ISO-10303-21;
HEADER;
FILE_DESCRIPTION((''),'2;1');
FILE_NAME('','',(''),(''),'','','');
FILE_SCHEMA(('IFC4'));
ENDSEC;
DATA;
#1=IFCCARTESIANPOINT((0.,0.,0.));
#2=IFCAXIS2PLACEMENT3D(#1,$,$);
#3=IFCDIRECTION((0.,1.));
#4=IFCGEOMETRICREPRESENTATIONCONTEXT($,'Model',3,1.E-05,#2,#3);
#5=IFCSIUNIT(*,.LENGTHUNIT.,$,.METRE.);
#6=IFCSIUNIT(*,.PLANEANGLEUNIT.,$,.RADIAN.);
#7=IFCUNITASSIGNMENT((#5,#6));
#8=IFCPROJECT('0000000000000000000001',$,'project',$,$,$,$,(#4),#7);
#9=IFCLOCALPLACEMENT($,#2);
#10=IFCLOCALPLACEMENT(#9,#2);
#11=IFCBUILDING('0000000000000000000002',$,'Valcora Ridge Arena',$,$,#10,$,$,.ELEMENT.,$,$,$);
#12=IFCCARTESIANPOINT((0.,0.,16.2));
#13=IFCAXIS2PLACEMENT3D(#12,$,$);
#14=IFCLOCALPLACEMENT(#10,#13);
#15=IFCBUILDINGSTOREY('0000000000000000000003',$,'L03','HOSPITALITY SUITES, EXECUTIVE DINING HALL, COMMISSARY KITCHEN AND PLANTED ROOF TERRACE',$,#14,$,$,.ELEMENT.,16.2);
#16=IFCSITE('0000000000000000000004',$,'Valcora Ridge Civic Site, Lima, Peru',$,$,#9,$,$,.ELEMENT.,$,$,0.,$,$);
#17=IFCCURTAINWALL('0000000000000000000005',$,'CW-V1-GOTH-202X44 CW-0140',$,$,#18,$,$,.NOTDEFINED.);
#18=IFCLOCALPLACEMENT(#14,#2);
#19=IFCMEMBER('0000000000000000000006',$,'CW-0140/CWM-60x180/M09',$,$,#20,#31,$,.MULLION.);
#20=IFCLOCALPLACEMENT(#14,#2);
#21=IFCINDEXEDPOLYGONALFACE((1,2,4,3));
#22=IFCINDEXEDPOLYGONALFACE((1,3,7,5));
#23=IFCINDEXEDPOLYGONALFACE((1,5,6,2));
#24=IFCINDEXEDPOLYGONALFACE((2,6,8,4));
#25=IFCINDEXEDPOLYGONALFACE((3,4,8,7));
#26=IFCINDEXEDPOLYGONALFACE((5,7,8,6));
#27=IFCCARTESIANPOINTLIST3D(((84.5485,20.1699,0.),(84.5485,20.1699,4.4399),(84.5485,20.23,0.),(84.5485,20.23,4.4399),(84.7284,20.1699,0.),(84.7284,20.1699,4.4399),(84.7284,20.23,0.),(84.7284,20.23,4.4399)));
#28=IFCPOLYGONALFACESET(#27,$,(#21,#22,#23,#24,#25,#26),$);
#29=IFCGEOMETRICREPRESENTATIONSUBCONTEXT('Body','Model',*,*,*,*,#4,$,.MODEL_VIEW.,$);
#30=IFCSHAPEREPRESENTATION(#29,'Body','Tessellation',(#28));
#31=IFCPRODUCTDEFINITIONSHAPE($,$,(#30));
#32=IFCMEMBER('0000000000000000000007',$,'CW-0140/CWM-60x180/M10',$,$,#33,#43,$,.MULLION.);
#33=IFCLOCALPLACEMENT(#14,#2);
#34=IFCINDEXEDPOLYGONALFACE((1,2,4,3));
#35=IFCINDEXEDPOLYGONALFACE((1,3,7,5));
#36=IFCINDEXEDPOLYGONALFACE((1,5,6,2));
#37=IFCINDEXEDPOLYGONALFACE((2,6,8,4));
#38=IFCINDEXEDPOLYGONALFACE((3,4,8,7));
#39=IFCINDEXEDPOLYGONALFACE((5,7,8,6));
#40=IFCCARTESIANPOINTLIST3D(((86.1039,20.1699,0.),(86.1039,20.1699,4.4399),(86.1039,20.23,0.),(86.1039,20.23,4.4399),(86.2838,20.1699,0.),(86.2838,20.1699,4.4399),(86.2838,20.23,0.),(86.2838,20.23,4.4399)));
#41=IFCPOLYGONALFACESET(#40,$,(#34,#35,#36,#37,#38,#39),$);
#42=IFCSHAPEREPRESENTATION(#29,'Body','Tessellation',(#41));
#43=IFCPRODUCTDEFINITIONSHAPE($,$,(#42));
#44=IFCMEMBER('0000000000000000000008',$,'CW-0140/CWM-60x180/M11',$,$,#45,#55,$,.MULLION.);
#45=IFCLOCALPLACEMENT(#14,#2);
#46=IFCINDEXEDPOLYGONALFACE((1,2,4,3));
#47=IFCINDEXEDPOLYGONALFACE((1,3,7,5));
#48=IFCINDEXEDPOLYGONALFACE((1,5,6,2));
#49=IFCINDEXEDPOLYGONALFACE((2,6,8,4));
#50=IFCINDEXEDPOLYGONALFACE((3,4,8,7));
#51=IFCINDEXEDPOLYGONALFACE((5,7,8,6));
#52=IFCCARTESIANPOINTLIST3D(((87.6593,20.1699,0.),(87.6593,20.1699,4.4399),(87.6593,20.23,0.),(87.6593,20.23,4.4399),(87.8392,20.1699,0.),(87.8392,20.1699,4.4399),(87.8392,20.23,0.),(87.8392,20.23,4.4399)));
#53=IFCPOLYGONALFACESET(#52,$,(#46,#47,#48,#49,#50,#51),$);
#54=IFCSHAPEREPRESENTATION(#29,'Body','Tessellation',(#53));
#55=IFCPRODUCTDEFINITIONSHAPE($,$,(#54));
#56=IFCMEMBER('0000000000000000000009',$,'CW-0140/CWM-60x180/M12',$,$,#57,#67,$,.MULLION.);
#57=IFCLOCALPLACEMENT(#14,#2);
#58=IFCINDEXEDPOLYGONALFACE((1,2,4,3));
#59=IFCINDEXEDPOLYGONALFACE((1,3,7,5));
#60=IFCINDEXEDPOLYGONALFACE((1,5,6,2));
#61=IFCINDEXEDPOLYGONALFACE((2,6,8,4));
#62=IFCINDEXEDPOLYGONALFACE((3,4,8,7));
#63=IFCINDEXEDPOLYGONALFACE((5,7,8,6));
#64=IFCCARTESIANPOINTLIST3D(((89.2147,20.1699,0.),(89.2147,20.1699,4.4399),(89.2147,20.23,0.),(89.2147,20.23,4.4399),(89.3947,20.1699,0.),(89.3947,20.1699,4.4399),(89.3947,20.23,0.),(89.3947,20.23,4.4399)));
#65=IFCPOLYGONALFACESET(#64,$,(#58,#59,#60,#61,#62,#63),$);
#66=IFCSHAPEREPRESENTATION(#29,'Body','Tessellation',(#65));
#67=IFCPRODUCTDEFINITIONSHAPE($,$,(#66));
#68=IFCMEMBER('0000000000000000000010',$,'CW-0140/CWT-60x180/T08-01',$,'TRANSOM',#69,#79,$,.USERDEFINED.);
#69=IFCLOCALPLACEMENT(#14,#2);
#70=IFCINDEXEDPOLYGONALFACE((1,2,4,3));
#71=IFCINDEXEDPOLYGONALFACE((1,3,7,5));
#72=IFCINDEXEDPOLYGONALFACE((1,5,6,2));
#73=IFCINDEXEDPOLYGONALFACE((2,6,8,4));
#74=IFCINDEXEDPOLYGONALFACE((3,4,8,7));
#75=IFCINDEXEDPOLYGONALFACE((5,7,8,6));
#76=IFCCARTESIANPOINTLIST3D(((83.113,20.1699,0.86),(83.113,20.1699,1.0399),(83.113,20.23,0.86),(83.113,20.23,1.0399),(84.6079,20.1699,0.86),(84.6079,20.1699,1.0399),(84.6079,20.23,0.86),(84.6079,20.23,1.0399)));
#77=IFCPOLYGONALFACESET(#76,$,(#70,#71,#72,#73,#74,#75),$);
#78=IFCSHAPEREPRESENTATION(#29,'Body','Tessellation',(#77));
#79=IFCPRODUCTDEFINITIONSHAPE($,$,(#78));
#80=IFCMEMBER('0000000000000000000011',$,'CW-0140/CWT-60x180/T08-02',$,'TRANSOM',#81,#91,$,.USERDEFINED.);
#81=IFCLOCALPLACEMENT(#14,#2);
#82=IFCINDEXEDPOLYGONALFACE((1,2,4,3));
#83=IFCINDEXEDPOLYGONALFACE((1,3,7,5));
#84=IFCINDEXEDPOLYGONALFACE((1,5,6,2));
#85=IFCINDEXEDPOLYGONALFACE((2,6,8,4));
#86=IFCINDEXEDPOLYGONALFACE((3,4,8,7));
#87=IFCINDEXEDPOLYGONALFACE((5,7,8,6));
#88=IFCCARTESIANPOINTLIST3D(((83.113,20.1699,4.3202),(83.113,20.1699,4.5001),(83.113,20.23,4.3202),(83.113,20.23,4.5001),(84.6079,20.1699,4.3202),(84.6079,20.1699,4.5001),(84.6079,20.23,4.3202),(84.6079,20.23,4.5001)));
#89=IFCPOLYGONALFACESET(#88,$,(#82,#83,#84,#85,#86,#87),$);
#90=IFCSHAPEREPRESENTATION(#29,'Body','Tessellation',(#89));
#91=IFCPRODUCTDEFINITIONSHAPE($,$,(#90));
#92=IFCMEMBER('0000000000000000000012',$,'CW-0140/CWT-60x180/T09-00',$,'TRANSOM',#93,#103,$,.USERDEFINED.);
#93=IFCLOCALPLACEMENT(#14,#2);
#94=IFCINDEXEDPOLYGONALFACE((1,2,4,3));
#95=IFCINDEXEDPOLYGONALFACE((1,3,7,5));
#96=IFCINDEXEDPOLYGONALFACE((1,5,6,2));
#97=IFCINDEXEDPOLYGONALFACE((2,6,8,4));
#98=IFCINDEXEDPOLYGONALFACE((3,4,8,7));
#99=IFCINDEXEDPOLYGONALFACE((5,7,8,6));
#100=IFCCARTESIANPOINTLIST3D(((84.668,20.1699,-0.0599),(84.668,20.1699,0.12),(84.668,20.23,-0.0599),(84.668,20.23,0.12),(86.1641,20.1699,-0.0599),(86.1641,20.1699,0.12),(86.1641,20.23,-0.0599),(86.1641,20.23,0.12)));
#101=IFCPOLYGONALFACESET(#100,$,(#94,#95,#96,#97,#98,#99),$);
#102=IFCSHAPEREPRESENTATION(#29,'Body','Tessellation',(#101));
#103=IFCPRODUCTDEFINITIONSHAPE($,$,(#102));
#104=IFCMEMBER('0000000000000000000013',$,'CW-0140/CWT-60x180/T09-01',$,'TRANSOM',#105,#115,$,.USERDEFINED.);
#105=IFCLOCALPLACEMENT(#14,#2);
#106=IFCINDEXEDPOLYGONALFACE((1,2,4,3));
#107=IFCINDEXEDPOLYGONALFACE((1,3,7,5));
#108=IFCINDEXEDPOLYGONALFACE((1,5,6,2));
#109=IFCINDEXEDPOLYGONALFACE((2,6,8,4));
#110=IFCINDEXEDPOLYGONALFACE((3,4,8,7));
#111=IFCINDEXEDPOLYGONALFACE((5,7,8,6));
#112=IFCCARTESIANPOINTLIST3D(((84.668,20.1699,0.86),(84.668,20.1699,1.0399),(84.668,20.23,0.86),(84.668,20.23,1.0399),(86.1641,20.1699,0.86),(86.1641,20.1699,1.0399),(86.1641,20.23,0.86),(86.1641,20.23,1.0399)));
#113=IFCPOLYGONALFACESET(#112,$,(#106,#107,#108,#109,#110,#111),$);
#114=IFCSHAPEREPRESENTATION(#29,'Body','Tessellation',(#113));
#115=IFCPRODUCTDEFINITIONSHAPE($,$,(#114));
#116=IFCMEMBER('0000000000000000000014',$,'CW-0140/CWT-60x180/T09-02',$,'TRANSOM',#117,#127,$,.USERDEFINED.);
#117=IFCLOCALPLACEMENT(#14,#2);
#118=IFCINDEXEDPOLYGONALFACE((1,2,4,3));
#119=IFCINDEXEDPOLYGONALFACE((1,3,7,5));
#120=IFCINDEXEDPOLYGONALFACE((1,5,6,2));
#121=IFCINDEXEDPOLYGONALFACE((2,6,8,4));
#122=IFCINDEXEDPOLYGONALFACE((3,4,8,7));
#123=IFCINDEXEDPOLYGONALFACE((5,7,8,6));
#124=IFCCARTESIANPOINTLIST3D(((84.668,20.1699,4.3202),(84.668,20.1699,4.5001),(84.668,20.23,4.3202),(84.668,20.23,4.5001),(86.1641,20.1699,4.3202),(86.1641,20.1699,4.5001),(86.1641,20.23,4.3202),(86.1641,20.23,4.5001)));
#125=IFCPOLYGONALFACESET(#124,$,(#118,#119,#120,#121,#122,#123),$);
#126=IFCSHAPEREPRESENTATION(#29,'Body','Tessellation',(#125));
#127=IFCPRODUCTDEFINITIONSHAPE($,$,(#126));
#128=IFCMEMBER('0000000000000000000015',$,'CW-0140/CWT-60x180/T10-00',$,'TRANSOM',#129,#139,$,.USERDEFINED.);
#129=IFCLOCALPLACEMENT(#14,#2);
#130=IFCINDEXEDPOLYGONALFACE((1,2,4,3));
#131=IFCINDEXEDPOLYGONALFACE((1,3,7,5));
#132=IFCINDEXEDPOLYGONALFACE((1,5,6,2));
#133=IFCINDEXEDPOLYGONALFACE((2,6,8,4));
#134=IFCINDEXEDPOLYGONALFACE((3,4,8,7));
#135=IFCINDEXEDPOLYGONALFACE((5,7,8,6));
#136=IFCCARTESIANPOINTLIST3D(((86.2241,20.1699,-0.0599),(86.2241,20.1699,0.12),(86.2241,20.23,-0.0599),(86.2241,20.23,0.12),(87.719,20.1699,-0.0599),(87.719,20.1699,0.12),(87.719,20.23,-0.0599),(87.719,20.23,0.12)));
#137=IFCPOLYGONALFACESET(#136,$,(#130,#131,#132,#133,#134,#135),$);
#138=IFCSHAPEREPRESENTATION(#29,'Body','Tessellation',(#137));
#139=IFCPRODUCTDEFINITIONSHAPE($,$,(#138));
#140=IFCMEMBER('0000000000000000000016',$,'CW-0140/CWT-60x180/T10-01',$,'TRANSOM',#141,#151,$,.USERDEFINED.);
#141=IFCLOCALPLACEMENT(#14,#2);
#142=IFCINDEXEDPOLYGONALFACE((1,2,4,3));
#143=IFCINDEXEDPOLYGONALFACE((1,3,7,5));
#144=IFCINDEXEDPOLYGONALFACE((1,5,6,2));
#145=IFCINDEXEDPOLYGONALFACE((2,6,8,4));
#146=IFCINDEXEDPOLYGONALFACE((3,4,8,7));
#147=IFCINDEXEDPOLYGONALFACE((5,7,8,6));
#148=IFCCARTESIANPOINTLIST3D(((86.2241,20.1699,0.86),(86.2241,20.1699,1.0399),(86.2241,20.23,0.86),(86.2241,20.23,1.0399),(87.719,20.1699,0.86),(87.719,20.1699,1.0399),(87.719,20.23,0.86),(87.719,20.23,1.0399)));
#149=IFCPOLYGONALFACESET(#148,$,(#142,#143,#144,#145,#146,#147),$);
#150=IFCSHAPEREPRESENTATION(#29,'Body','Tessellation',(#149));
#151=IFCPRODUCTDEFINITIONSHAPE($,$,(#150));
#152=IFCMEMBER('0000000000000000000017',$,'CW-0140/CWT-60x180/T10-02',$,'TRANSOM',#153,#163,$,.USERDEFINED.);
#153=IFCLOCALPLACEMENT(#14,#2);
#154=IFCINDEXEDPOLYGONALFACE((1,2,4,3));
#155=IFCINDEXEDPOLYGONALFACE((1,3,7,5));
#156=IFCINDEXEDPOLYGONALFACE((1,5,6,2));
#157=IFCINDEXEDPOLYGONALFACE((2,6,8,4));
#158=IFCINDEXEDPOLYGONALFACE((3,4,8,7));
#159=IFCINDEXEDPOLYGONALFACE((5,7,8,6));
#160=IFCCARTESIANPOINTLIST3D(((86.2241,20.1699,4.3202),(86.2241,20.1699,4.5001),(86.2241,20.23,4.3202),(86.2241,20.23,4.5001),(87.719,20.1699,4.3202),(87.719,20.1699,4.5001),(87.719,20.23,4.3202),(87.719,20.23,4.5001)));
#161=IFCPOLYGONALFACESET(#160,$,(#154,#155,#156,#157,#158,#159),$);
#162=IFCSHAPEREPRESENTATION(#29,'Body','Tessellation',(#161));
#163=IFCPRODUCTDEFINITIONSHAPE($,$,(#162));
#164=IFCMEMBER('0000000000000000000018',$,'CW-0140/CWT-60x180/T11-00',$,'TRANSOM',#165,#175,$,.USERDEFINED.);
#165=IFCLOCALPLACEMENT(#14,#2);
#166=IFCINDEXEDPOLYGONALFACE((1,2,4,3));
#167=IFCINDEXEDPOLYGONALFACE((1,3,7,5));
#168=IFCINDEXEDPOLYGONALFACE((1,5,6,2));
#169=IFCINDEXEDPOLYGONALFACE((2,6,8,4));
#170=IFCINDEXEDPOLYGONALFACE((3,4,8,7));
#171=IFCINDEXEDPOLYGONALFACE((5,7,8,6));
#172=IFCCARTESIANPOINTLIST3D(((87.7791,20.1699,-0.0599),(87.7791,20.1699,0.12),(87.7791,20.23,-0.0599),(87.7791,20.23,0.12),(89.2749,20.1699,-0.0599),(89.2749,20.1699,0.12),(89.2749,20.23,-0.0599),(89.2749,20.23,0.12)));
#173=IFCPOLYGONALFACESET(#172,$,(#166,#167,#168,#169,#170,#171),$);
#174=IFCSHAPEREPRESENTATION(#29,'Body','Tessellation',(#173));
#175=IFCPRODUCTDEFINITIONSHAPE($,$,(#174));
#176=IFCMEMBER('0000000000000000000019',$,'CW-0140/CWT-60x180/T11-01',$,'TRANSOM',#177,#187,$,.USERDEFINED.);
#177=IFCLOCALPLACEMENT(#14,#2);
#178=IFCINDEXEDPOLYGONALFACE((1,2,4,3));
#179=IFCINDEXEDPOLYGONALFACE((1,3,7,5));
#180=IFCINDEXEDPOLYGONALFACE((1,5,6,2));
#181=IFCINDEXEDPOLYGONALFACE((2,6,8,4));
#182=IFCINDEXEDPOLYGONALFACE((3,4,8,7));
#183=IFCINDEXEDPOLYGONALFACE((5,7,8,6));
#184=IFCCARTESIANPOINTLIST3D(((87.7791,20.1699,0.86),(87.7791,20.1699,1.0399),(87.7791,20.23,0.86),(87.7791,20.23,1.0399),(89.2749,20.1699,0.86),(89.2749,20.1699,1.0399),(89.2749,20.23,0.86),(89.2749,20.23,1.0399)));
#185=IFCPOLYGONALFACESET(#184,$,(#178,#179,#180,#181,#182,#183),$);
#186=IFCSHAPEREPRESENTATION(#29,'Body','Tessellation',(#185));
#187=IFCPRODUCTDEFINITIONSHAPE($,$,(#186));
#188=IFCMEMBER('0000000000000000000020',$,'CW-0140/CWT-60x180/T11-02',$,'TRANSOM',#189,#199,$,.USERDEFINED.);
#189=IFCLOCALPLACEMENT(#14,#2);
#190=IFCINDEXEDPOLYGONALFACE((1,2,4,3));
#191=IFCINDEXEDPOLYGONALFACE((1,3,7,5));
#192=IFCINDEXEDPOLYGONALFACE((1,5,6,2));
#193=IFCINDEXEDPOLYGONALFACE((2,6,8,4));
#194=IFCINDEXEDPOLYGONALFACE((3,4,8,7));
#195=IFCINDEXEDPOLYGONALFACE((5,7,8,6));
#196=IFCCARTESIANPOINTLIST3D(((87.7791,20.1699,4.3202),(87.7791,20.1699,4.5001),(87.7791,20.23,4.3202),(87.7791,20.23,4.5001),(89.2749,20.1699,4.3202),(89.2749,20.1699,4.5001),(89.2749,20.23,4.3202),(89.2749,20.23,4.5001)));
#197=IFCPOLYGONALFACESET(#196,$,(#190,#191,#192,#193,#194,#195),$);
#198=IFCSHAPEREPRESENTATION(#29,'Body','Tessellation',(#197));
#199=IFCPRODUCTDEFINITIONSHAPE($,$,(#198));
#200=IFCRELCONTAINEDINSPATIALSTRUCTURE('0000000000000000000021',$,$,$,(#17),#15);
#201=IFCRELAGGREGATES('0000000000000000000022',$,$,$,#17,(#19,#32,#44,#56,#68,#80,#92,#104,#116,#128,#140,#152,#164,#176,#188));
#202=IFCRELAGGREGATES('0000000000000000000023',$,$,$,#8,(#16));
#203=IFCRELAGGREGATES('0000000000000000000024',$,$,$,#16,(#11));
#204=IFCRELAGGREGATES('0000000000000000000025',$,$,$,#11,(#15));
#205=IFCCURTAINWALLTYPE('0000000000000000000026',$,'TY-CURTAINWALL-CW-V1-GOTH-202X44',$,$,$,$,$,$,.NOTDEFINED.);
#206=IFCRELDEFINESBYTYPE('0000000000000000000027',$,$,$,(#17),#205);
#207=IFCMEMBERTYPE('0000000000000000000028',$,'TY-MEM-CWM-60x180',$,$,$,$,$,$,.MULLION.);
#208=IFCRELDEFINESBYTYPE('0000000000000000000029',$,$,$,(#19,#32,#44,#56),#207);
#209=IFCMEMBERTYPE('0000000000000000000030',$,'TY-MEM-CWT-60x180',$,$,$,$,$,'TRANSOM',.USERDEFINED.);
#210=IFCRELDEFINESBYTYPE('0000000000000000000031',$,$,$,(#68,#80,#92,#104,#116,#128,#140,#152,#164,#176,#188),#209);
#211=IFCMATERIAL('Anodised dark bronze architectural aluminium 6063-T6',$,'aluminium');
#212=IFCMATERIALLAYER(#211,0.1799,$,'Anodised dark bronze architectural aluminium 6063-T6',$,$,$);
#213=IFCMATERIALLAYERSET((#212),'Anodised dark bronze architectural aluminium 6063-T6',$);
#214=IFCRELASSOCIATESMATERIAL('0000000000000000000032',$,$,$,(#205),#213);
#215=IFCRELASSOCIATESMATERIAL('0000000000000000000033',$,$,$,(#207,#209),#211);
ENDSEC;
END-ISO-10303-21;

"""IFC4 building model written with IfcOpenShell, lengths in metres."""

from ifc_helpers import new_model, si_unit, direction, frame, origin, origin_2d, place, context, subcontext, project, spatial, rectangle, extrude, material, layer, layer_set, material_profile, profile_set, type_object, element, aggregate, save


model = new_model("IFC4")

# Units and contexts
model_context = context("Model", 3, precision=1e-05, world=origin(), true_north=direction((0.0, 1.0)))
body_context = subcontext(model_context, "Body", "Model", "MODEL_VIEW")
ifc_project = project(units=[si_unit("LENGTHUNIT", "METRE"), si_unit("PLANEANGLEUNIT", "RADIAN")], contexts=[model_context])

# Site, building, storey
site_placement = place(None, origin())
site = spatial("IfcSite", under=ifc_project, at=site_placement, Name="Valcora Ridge Civic Site, Lima, Peru", CompositionType="ELEMENT", RefElevation=0.0)
building_placement = place(site_placement, origin())
building = spatial("IfcBuilding", under=site, at=building_placement, Name="Valcora Ridge Arena", CompositionType="ELEMENT")
storey_placement = place(building_placement, frame((0.0, 0.0, 16.2)))
storey = spatial("IfcBuildingStorey", under=building, at=storey_placement, Name="L03", Description="HOSPITALITY SUITES, EXECUTIVE DINING HALL, COMMISSARY KITCHEN AND PLANTED ROOF TERRACE", CompositionType="ELEMENT", Elevation=16.2)

# Curtain wall, members
ifc_material_1 = material(Name="Anodised dark bronze architectural aluminium 6063-T6", Category="aluminium")
ifc_layer_1 = layer(ifc_material_1, 0.1799, Name="Anodised dark bronze architectural aluminium 6063-T6")
ifc_layer_set_1 = layer_set([ifc_layer_1], Name="Anodised dark bronze architectural aluminium 6063-T6")
curtain_wall_type = type_object("IfcCurtainWallType", Name="TY-CURTAINWALL-CW-V1-GOTH-202X44", PredefinedType="NOTDEFINED", material=ifc_layer_set_1)
curtain_wall_placement = place(storey_placement, origin())
curtain_wall = element("IfcCurtainWall", 1, at=curtain_wall_placement, inside=storey, type_object=curtain_wall_type, Name="CW-V1-GOTH-202X44 CW-0140", PredefinedType="NOTDEFINED")
ifc_material_profile_1 = material_profile(ifc_material_1, rectangle(XDim=0.0601, YDim=0.1799, at=origin_2d()), Name="ALU MULLION 60x180")
ifc_profile_set_1 = profile_set([ifc_material_profile_1], Name="Anodised dark bronze architectural aluminium 6063-T6")
member_type_1 = type_object("IfcMemberType", Name="TY-MEM-CWM-60x180", PredefinedType="MULLION", material=ifc_profile_set_1)
member_1_placement = place(storey_placement, frame((84.6384, 20.2, 0.0), z_axis=(0.0, 0.0, 1.0), x_axis=(0.0, 1.0, 0.0)))
member_1 = element("IfcMember", 2, at=member_1_placement, type_object=member_type_1, Name="CW-0140/CWM-60x180/M09", PredefinedType="MULLION", context=body_context, shape_type="SweptSolid", body=[
    extrude(rectangle(XDim=0.0601, YDim=0.1799, at=origin_2d()), origin(), (0.0, 0.0, 1.0), 4.4399),
])
member_2_placement = place(storey_placement, frame((86.1938, 20.2, 0.0), z_axis=(0.0, 0.0, 1.0), x_axis=(0.0, 1.0, 0.0)))
member_2 = element("IfcMember", 3, at=member_2_placement, type_object=member_type_1, Name="CW-0140/CWM-60x180/M10", PredefinedType="MULLION", context=body_context, shape_type="SweptSolid", body=[
    extrude(rectangle(XDim=0.0601, YDim=0.1799, at=origin_2d()), origin(), (0.0, 0.0, 1.0), 4.4399),
])
member_3_placement = place(storey_placement, frame((87.7493, 20.2, 0.0), z_axis=(0.0, 0.0, 1.0), x_axis=(0.0, 1.0, 0.0)))
member_3 = element("IfcMember", 4, at=member_3_placement, type_object=member_type_1, Name="CW-0140/CWM-60x180/M11", PredefinedType="MULLION", context=body_context, shape_type="SweptSolid", body=[
    extrude(rectangle(XDim=0.0601, YDim=0.1799, at=origin_2d()), origin(), (0.0, 0.0, 1.0), 4.4399),
])
member_4_placement = place(storey_placement, frame((89.3047, 20.2, 0.0), z_axis=(0.0, 0.0, 1.0), x_axis=(0.0, 1.0, 0.0)))
member_4 = element("IfcMember", 5, at=member_4_placement, type_object=member_type_1, Name="CW-0140/CWM-60x180/M12", PredefinedType="MULLION", context=body_context, shape_type="SweptSolid", body=[
    extrude(rectangle(XDim=0.0601, YDim=0.1799, at=origin_2d()), origin(), (0.0, 0.0, 1.0), 4.4399),
])
ifc_material_profile_2 = material_profile(ifc_material_1, rectangle(XDim=0.0601, YDim=0.1799, at=origin_2d()), Name="ALU TRANSOM 60x180")
ifc_profile_set_2 = profile_set([ifc_material_profile_2], Name="Anodised dark bronze architectural aluminium 6063-T6")
member_type_2 = type_object("IfcMemberType", Name="TY-MEM-CWT-60x180", ElementType="TRANSOM", PredefinedType="USERDEFINED", material=ifc_profile_set_2)
member_5_placement = place(storey_placement, frame((83.113, 20.2, 0.95), z_axis=(1.0, 0.0, 0.0), x_axis=(0.0, 1.0, 0.0)))
member_5 = element("IfcMember", 6, at=member_5_placement, type_object=member_type_2, Name="CW-0140/CWT-60x180/T08-01", ObjectType="TRANSOM", PredefinedType="USERDEFINED", context=body_context, shape_type="SweptSolid", body=[
    extrude(rectangle(XDim=0.0601, YDim=0.1799, at=origin_2d()), origin(), (0.0, 0.0, 1.0), 1.4949),
])
member_6_placement = place(storey_placement, frame((83.113, 20.2, 4.4102), z_axis=(1.0, 0.0, 0.0), x_axis=(0.0, 1.0, 0.0)))
member_6 = element("IfcMember", 7, at=member_6_placement, type_object=member_type_2, Name="CW-0140/CWT-60x180/T08-02", ObjectType="TRANSOM", PredefinedType="USERDEFINED", context=body_context, shape_type="SweptSolid", body=[
    extrude(rectangle(XDim=0.0601, YDim=0.1799, at=origin_2d()), origin(), (0.0, 0.0, 1.0), 1.4949),
])
member_7_placement = place(storey_placement, frame((84.668, 20.2, 0.03), z_axis=(1.0, 0.0, 0.0), x_axis=(0.0, 1.0, 0.0)))
member_7 = element("IfcMember", 8, at=member_7_placement, type_object=member_type_2, Name="CW-0140/CWT-60x180/T09-00", ObjectType="TRANSOM", PredefinedType="USERDEFINED", context=body_context, shape_type="SweptSolid", body=[
    extrude(rectangle(XDim=0.0601, YDim=0.1799, at=origin_2d()), origin(), (0.0, 0.0, 1.0), 1.4961),
])
member_8_placement = place(storey_placement, frame((84.668, 20.2, 0.95), z_axis=(1.0, 0.0, 0.0), x_axis=(0.0, 1.0, 0.0)))
member_8 = element("IfcMember", 9, at=member_8_placement, type_object=member_type_2, Name="CW-0140/CWT-60x180/T09-01", ObjectType="TRANSOM", PredefinedType="USERDEFINED", context=body_context, shape_type="SweptSolid", body=[
    extrude(rectangle(XDim=0.0601, YDim=0.1799, at=origin_2d()), origin(), (0.0, 0.0, 1.0), 1.4961),
])
member_9_placement = place(storey_placement, frame((84.668, 20.2, 4.4102), z_axis=(1.0, 0.0, 0.0), x_axis=(0.0, 1.0, 0.0)))
member_9 = element("IfcMember", 10, at=member_9_placement, type_object=member_type_2, Name="CW-0140/CWT-60x180/T09-02", ObjectType="TRANSOM", PredefinedType="USERDEFINED", context=body_context, shape_type="SweptSolid", body=[
    extrude(rectangle(XDim=0.0601, YDim=0.1799, at=origin_2d()), origin(), (0.0, 0.0, 1.0), 1.4961),
])
member_10_placement = place(storey_placement, frame((86.2241, 20.2, 0.03), z_axis=(1.0, 0.0, 0.0), x_axis=(0.0, 1.0, 0.0)))
member_10 = element("IfcMember", 11, at=member_10_placement, type_object=member_type_2, Name="CW-0140/CWT-60x180/T10-00", ObjectType="TRANSOM", PredefinedType="USERDEFINED", context=body_context, shape_type="SweptSolid", body=[
    extrude(rectangle(XDim=0.0601, YDim=0.1799, at=origin_2d()), origin(), (0.0, 0.0, 1.0), 1.4949),
])
member_11_placement = place(storey_placement, frame((86.2241, 20.2, 0.95), z_axis=(1.0, 0.0, 0.0), x_axis=(0.0, 1.0, 0.0)))
member_11 = element("IfcMember", 12, at=member_11_placement, type_object=member_type_2, Name="CW-0140/CWT-60x180/T10-01", ObjectType="TRANSOM", PredefinedType="USERDEFINED", context=body_context, shape_type="SweptSolid", body=[
    extrude(rectangle(XDim=0.0601, YDim=0.1799, at=origin_2d()), origin(), (0.0, 0.0, 1.0), 1.4949),
])
member_12_placement = place(storey_placement, frame((86.2241, 20.2, 4.4102), z_axis=(1.0, 0.0, 0.0), x_axis=(0.0, 1.0, 0.0)))
member_12 = element("IfcMember", 13, at=member_12_placement, type_object=member_type_2, Name="CW-0140/CWT-60x180/T10-02", ObjectType="TRANSOM", PredefinedType="USERDEFINED", context=body_context, shape_type="SweptSolid", body=[
    extrude(rectangle(XDim=0.0601, YDim=0.1799, at=origin_2d()), origin(), (0.0, 0.0, 1.0), 1.4949),
])
member_13_placement = place(storey_placement, frame((87.7791, 20.2, 0.03), z_axis=(1.0, 0.0, 0.0), x_axis=(0.0, 1.0, 0.0)))
member_13 = element("IfcMember", 14, at=member_13_placement, type_object=member_type_2, Name="CW-0140/CWT-60x180/T11-00", ObjectType="TRANSOM", PredefinedType="USERDEFINED", context=body_context, shape_type="SweptSolid", body=[
    extrude(rectangle(XDim=0.0601, YDim=0.1799, at=origin_2d()), origin(), (0.0, 0.0, 1.0), 1.4958),
])
member_14_placement = place(storey_placement, frame((87.7791, 20.2, 0.95), z_axis=(1.0, 0.0, 0.0), x_axis=(0.0, 1.0, 0.0)))
member_14 = element("IfcMember", 15, at=member_14_placement, type_object=member_type_2, Name="CW-0140/CWT-60x180/T11-01", ObjectType="TRANSOM", PredefinedType="USERDEFINED", context=body_context, shape_type="SweptSolid", body=[
    extrude(rectangle(XDim=0.0601, YDim=0.1799, at=origin_2d()), origin(), (0.0, 0.0, 1.0), 1.4958),
])
member_15_placement = place(storey_placement, frame((87.7791, 20.2, 4.4102), z_axis=(1.0, 0.0, 0.0), x_axis=(0.0, 1.0, 0.0)))
member_15 = element("IfcMember", 16, at=member_15_placement, type_object=member_type_2, Name="CW-0140/CWT-60x180/T11-02", ObjectType="TRANSOM", PredefinedType="USERDEFINED", context=body_context, shape_type="SweptSolid", body=[
    extrude(rectangle(XDim=0.0601, YDim=0.1799, at=origin_2d()), origin(), (0.0, 0.0, 1.0), 1.4958),
])
aggregate(curtain_wall, [member_1, member_2, member_3, member_4, member_5, member_6, member_7, member_8, member_9, member_10, member_11, member_12, member_13, member_14, member_15])

save(model, "model.ifc")
